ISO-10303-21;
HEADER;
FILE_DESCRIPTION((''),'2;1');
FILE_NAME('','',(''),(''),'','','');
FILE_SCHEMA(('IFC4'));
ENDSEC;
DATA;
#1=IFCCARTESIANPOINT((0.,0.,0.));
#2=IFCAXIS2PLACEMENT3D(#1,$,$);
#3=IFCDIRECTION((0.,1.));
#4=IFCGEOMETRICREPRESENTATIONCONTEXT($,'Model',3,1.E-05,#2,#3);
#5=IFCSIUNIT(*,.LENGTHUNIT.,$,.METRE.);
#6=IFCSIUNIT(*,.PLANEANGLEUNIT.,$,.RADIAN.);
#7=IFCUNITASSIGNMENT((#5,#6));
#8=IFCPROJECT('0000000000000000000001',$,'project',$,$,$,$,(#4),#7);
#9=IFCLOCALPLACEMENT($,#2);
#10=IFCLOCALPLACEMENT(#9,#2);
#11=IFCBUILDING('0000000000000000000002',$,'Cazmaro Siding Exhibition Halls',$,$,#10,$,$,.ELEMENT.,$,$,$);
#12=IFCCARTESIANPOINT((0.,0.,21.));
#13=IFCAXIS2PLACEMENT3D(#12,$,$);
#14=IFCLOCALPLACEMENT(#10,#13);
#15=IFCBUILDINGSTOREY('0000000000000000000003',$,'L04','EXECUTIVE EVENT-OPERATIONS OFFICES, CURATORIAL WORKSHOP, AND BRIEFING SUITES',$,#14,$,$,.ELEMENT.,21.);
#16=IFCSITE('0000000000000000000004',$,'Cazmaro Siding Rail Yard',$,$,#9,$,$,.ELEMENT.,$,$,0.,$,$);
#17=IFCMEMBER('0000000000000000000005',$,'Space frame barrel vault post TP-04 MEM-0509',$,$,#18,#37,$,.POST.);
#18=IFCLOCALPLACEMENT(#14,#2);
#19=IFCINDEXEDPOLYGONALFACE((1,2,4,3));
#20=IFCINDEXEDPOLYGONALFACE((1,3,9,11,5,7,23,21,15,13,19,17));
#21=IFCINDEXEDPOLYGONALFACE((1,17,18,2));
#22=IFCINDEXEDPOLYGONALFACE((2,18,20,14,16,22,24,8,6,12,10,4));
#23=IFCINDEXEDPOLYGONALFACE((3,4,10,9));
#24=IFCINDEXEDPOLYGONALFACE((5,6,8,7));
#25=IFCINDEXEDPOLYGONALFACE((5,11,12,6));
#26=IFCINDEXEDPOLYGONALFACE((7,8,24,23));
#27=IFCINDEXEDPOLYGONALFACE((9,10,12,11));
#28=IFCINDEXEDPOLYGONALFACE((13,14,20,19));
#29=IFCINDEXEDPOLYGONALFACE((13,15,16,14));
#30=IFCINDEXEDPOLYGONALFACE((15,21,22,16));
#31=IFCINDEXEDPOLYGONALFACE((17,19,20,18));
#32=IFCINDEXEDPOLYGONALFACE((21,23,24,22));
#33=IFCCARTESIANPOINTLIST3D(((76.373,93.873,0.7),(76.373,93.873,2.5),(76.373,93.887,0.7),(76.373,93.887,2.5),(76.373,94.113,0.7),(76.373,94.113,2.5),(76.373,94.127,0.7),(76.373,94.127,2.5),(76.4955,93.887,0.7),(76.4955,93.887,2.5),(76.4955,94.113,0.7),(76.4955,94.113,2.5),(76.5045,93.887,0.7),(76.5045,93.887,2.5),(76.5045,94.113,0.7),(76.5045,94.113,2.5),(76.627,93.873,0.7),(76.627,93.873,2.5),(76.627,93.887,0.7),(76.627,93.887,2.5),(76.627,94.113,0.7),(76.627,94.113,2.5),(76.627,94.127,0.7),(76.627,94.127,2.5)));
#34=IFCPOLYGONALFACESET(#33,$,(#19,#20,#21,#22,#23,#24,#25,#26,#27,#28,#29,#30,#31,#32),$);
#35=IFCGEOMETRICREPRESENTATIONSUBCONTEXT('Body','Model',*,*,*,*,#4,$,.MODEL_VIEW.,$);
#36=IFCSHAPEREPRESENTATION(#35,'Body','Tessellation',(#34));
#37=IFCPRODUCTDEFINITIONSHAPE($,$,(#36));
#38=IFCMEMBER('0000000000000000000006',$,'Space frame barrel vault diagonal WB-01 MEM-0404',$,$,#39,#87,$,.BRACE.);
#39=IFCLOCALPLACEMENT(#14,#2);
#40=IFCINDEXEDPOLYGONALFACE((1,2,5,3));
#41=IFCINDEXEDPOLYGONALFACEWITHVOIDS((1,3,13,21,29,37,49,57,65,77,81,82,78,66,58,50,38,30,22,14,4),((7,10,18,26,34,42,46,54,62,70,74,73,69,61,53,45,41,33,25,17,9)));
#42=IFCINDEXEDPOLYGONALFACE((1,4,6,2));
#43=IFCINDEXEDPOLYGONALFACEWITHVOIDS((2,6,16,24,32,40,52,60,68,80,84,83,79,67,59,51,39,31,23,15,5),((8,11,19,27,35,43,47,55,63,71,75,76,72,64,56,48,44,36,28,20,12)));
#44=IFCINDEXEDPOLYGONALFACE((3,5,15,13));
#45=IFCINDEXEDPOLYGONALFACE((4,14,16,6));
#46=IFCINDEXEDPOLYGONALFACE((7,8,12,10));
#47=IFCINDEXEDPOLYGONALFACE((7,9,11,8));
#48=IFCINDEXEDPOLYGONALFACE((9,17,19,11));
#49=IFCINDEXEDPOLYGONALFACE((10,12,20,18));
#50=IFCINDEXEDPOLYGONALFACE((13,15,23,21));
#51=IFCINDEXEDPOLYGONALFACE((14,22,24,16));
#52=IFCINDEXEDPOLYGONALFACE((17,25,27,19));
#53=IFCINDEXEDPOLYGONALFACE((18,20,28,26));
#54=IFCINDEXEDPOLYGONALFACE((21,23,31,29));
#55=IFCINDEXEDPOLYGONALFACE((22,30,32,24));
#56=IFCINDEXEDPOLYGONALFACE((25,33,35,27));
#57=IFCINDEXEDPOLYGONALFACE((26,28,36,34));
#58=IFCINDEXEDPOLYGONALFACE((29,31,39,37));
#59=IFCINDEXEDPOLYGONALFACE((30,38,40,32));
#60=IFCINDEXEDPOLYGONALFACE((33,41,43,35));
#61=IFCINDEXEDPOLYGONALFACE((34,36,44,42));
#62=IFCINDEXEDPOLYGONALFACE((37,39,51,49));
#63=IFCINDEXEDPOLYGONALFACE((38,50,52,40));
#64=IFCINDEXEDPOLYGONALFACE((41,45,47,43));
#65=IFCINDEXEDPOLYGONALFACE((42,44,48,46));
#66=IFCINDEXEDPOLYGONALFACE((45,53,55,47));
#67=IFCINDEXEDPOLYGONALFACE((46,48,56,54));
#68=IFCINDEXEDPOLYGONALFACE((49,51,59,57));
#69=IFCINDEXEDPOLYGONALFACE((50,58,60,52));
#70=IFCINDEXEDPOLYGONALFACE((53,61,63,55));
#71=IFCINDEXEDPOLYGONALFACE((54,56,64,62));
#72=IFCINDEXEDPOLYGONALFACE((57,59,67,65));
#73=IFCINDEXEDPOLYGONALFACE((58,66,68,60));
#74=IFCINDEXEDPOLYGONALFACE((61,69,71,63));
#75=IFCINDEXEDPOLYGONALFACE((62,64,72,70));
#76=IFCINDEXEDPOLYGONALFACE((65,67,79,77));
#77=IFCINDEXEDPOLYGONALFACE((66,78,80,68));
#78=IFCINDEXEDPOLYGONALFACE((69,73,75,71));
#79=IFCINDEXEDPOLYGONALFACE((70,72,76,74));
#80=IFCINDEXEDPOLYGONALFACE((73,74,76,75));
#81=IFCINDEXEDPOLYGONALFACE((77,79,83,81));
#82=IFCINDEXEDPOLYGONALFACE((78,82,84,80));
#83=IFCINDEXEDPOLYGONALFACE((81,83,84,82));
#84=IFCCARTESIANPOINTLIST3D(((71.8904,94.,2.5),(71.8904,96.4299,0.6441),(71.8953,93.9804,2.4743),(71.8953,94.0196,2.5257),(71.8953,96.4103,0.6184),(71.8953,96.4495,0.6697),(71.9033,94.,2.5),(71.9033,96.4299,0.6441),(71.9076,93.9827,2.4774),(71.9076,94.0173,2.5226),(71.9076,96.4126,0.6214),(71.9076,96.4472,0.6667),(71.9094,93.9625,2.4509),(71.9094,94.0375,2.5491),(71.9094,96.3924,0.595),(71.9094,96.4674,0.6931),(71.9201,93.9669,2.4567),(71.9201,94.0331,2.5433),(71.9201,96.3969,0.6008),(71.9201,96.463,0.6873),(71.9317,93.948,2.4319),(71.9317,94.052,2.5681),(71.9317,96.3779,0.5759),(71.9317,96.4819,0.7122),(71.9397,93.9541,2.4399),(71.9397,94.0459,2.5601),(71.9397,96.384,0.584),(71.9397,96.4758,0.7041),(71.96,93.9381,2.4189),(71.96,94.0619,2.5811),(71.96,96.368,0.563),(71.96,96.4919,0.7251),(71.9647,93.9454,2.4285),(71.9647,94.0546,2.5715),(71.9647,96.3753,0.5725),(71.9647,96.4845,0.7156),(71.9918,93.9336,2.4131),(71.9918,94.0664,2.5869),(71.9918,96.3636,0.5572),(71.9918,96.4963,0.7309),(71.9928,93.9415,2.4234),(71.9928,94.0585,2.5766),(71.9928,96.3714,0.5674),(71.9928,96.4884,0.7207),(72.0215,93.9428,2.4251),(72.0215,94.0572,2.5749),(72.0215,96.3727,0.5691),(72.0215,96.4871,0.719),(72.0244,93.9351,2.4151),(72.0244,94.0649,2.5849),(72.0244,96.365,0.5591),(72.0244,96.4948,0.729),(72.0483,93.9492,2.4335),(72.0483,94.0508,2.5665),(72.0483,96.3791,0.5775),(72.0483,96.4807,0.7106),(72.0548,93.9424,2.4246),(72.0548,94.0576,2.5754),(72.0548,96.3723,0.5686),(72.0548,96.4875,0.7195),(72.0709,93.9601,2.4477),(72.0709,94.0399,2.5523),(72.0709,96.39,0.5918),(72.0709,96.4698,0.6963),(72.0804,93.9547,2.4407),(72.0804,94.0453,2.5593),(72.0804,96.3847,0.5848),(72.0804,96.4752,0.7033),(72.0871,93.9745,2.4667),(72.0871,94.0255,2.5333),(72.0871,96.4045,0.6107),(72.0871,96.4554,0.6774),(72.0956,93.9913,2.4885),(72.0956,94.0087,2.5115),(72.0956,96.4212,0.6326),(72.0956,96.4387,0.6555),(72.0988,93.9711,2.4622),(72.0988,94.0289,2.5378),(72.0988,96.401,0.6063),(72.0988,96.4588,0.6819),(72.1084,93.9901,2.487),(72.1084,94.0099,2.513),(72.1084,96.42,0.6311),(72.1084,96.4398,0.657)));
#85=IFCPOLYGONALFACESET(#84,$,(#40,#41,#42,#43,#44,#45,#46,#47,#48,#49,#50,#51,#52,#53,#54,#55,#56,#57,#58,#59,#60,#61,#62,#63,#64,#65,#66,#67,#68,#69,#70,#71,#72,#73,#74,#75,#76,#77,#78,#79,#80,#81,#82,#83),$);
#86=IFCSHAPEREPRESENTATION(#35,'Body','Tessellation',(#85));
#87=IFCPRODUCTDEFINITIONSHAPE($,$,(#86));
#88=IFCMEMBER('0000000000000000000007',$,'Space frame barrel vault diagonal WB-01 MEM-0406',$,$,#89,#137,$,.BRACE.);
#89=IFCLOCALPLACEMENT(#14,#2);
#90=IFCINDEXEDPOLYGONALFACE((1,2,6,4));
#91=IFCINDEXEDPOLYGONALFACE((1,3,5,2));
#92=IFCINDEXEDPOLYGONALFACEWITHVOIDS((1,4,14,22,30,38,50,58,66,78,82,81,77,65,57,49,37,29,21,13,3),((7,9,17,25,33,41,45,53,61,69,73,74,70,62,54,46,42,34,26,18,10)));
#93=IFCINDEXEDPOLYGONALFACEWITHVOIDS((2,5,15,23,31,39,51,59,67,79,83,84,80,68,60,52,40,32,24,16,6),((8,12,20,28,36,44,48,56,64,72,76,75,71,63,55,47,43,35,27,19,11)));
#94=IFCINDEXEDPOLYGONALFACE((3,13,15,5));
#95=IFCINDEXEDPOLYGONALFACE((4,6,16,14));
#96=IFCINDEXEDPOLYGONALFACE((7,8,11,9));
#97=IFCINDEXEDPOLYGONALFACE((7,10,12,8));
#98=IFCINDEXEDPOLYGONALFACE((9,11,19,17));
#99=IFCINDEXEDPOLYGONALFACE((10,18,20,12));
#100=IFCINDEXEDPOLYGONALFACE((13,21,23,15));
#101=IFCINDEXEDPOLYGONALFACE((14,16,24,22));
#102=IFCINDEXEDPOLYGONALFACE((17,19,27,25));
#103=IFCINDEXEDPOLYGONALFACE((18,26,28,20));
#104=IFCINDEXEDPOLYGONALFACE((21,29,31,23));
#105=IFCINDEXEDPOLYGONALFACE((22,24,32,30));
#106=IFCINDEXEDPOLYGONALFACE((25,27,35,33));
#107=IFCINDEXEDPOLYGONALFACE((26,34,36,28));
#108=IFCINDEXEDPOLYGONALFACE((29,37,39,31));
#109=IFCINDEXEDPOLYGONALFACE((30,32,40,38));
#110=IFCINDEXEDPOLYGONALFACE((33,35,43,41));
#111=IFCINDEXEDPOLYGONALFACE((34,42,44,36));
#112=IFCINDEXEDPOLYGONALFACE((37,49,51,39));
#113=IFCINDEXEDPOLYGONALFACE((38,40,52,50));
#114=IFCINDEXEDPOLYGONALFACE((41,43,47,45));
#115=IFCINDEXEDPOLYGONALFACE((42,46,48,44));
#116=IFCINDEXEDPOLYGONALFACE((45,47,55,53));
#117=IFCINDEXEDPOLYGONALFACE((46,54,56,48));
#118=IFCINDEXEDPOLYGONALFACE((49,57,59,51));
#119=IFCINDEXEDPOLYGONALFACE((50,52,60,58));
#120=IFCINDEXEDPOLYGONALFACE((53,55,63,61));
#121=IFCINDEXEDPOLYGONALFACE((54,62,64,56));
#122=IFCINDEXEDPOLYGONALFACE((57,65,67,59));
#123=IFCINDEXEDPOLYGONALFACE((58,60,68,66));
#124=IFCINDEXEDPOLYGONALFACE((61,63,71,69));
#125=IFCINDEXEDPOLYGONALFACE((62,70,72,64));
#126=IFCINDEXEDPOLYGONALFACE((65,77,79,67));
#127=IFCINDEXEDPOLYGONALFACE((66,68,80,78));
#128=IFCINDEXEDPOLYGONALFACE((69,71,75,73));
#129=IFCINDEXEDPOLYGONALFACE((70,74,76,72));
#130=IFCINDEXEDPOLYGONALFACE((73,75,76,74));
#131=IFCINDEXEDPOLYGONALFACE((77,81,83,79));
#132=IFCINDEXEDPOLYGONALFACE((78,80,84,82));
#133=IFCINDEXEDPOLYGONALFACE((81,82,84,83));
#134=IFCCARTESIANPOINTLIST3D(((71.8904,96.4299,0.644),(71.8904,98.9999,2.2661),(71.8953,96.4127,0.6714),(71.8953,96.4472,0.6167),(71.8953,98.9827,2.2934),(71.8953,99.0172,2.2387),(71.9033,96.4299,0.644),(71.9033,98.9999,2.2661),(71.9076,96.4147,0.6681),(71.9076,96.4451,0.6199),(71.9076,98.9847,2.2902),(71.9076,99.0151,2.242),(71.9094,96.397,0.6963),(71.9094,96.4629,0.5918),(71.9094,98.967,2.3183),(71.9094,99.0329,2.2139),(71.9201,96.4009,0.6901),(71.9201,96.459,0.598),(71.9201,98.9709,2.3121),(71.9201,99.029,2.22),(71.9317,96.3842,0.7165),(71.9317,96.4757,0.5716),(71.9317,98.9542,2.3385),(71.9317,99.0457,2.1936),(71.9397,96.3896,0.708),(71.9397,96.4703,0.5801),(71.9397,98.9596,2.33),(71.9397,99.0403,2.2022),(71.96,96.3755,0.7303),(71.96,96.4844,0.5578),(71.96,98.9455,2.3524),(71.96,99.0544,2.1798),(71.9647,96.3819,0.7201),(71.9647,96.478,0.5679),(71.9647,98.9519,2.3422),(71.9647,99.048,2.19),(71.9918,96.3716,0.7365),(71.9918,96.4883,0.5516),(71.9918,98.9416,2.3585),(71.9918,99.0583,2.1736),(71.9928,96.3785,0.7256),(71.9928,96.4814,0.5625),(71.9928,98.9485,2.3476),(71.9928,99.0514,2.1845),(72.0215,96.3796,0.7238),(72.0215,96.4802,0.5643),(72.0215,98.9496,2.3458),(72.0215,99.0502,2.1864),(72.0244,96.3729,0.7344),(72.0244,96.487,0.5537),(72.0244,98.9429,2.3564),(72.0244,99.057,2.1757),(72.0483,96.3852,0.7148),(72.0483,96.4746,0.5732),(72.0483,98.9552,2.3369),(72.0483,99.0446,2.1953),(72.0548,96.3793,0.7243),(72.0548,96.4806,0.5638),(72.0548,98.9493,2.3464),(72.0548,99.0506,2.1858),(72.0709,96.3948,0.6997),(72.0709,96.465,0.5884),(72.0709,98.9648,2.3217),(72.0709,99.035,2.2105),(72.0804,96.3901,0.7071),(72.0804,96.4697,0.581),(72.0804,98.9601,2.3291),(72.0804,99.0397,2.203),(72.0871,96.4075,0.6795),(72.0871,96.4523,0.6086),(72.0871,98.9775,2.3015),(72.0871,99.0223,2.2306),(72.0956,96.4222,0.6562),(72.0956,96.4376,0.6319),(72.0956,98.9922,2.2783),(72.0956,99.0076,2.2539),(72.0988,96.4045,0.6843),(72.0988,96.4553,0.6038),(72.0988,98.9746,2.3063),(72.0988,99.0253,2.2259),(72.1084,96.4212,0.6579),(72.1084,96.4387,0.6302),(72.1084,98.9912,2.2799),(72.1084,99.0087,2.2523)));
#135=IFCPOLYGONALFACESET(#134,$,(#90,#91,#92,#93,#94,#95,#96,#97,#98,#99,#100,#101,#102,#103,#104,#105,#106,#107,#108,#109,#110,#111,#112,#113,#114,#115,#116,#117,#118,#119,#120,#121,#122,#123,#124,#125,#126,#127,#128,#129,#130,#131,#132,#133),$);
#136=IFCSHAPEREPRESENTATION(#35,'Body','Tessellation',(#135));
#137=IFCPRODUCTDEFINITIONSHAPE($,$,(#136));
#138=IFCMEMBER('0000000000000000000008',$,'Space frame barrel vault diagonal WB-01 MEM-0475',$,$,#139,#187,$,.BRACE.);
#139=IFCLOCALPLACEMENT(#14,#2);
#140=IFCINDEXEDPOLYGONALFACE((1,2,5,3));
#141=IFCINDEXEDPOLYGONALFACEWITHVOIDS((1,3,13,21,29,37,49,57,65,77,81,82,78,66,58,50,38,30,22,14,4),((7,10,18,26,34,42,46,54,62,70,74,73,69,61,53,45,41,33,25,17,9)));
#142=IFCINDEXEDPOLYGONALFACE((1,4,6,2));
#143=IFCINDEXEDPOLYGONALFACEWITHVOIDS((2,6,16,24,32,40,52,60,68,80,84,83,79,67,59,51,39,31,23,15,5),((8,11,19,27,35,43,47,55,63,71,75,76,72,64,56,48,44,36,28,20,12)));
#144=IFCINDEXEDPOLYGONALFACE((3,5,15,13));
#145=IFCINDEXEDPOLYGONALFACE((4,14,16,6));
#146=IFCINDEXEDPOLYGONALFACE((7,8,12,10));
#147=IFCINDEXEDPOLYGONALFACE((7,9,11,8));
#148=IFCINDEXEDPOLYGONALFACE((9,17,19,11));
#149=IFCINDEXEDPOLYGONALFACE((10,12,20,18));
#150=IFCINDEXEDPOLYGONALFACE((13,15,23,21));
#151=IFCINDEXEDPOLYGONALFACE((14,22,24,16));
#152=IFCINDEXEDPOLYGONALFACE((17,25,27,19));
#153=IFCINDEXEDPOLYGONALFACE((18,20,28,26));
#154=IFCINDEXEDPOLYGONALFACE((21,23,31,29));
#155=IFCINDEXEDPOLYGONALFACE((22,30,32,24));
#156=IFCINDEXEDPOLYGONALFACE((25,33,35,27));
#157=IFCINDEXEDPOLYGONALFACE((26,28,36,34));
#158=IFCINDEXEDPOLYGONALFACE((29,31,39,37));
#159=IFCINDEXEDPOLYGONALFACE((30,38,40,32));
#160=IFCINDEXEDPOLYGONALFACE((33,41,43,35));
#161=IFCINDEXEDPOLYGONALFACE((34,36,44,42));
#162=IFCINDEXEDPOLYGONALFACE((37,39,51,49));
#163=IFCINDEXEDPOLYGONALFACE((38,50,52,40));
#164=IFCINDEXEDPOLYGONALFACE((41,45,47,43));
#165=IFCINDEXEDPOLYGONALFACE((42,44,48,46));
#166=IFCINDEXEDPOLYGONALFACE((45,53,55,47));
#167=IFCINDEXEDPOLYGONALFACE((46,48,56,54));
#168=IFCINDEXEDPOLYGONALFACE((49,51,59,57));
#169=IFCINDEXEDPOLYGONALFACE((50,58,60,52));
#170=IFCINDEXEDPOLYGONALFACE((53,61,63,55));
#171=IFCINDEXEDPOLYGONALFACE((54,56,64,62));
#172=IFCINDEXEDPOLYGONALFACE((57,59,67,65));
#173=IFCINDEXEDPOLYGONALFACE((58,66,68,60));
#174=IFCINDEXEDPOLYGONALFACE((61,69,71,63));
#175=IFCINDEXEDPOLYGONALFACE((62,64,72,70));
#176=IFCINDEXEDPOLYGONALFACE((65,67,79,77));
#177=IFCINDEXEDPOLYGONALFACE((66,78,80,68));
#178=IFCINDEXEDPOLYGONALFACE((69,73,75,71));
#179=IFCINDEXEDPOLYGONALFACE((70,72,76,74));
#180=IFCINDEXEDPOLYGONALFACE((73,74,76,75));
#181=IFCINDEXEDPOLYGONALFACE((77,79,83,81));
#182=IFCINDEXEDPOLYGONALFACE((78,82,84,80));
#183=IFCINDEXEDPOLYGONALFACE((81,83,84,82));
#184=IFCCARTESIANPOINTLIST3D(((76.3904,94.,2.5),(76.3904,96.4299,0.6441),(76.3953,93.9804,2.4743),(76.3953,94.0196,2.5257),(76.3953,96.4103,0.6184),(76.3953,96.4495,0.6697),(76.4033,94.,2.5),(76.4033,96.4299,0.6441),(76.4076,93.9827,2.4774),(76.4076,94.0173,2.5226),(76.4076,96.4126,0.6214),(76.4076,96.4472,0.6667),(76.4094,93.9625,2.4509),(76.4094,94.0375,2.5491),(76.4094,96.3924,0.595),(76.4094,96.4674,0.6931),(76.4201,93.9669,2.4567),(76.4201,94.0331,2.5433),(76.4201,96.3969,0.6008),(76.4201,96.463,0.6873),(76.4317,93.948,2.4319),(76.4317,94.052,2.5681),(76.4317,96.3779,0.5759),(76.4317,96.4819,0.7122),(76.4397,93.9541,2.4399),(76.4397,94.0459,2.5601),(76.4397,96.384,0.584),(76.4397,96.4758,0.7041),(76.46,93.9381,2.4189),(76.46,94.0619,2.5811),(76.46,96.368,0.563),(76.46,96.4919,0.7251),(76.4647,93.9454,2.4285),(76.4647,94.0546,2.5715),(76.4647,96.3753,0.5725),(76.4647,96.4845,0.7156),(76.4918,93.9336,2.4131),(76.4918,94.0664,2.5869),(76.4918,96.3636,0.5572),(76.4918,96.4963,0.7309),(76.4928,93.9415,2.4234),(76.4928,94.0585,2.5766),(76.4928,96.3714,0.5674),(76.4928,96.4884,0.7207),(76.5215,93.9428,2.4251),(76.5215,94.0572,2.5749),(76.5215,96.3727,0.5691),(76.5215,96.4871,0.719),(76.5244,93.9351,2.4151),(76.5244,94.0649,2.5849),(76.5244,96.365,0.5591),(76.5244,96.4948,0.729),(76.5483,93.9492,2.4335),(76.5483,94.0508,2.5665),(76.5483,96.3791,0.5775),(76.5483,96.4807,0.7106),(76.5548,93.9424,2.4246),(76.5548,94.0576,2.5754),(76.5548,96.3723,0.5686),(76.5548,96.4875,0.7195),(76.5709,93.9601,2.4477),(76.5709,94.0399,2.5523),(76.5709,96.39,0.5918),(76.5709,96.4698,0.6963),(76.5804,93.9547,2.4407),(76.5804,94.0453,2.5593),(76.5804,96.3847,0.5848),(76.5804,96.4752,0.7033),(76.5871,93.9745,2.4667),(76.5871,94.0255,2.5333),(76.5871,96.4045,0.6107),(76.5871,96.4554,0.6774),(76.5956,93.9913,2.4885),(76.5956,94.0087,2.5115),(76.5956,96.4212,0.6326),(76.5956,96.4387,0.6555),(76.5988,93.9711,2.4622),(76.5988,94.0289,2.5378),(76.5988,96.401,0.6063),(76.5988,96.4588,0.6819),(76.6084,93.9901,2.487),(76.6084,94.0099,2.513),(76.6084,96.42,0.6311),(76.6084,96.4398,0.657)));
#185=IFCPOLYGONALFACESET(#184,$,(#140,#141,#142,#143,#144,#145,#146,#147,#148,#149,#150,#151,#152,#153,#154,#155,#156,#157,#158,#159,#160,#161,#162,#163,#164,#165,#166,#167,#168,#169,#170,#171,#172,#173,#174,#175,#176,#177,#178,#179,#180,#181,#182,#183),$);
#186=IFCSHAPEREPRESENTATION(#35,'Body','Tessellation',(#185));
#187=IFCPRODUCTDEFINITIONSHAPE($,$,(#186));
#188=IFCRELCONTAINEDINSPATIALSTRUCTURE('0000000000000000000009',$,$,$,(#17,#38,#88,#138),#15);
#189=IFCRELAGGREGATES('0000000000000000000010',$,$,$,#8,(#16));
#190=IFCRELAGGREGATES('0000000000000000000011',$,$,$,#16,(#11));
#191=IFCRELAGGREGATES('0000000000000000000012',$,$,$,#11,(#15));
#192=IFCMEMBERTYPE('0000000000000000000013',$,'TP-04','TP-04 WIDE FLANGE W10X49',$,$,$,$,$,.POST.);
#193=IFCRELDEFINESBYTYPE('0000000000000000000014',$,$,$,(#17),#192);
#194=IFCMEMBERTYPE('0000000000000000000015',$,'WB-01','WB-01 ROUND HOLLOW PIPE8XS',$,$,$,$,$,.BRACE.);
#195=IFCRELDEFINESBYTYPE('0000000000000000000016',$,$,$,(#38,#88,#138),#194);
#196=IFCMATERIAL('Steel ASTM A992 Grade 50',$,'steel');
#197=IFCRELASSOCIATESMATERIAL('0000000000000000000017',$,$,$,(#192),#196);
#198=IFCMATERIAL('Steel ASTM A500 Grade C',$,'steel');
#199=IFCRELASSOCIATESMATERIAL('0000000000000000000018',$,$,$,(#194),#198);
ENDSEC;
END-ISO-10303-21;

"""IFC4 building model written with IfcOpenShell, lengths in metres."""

from ifc_helpers import new_model, si_unit, direction, frame, origin, origin_2d, place, context, subcontext, project, spatial, hollow_circle, i_section, extrude, material, material_profile, profile_set, type_object, element, save


model = new_model("IFC4")

# Units and contexts
model_context = context("Model", 3, precision=1e-05, world=origin(), true_north=direction((0.0, 1.0)))
body_context = subcontext(model_context, "Body", "Model", "MODEL_VIEW")
ifc_project = project(units=[si_unit("LENGTHUNIT", "METRE"), si_unit("PLANEANGLEUNIT", "RADIAN")], contexts=[model_context])

# Site, building, storey
site_placement = place(None, origin())
site = spatial("IfcSite", under=ifc_project, at=site_placement, Name="Cazmaro Siding Rail Yard", CompositionType="ELEMENT", RefElevation=0.0)
building_placement = place(site_placement, origin())
building = spatial("IfcBuilding", under=site, at=building_placement, Name="Cazmaro Siding Exhibition Halls", CompositionType="ELEMENT")
storey_placement = place(building_placement, frame((0.0, 0.0, 21.0)))
storey = spatial("IfcBuildingStorey", under=building, at=storey_placement, Name="L04", Description="EXECUTIVE EVENT-OPERATIONS OFFICES, CURATORIAL WORKSHOP, AND BRIEFING SUITES", CompositionType="ELEMENT", Elevation=21.0)

# Members
ifc_material_1 = material(Name="Steel ASTM A992 Grade 50", Category="steel")
ifc_material_profile_1 = material_profile(ifc_material_1, i_section(OverallWidth=0.2539, OverallDepth=0.2539, WebThickness=0.009, FlangeThickness=0.0139, at=origin_2d()), Name="W10X49")
ifc_profile_set_1 = profile_set([ifc_material_profile_1], Name="Steel ASTM A992 Grade 50")
member_type_1 = type_object("IfcMemberType", Name="TP-04", Description="TP-04 WIDE FLANGE W10X49", PredefinedType="POST", material=ifc_profile_set_1)
member_1_placement = place(storey_placement, frame((76.5, 94.0, 0.7), z_axis=(0.0, 0.0, 1.0), x_axis=(1.0, 0.0, 0.0)))
element("IfcMember", 1, at=member_1_placement, inside=storey, type_object=member_type_1, Name="Space frame barrel vault post TP-04 MEM-0509", PredefinedType="POST", context=body_context, shape_type="SweptSolid", body=[
    extrude(i_section(OverallWidth=0.2539, OverallDepth=0.2539, WebThickness=0.009, FlangeThickness=0.0139, at=origin_2d()), origin(), (0.0, 0.0, 1.0), 1.8),
])
ifc_material_2 = material(Name="Steel ASTM A500 Grade C", Category="steel")
ifc_material_profile_2 = material_profile(ifc_material_2, hollow_circle(Radius=0.1096, WallThickness=0.0129, at=origin_2d()), Name="PIPE8XS")
ifc_profile_set_2 = profile_set([ifc_material_profile_2], Name="Steel ASTM A500 Grade C")
member_type_2 = type_object("IfcMemberType", Name="WB-01", Description="WB-01 ROUND HOLLOW PIPE8XS", PredefinedType="BRACE", material=ifc_profile_set_2)
member_2_placement = place(storey_placement, frame((72.0, 94.0, 2.5), z_axis=(0.0, 0.794709, -0.606991), x_axis=(-1.0, 0.0, 0.0)))
element("IfcMember", 2, at=member_2_placement, inside=storey, type_object=member_type_2, Name="Space frame barrel vault diagonal WB-01 MEM-0404", PredefinedType="BRACE", context=body_context, shape_type="SweptSolid", body=[
    extrude(hollow_circle(Radius=0.1096, WallThickness=0.0129, at=origin_2d()), origin(), (0.0, 0.0, 1.0), 3.0576),
])
member_3_placement = place(storey_placement, frame((72.0, 96.4299, 0.644), z_axis=(0.0, 0.845657, 0.533727), x_axis=(-1.0, 0.0, 0.0)))
element("IfcMember", 3, at=member_3_placement, inside=storey, type_object=member_type_2, Name="Space frame barrel vault diagonal WB-01 MEM-0406", PredefinedType="BRACE", context=body_context, shape_type="SweptSolid", body=[
    extrude(hollow_circle(Radius=0.1096, WallThickness=0.0129, at=origin_2d()), origin(), (0.0, 0.0, 1.0), 3.0391),
])
member_4_placement = place(storey_placement, frame((76.5, 94.0, 2.5), z_axis=(0.0, 0.794709, -0.606991), x_axis=(-1.0, 0.0, 0.0)))
element("IfcMember", 4, at=member_4_placement, inside=storey, type_object=member_type_2, Name="Space frame barrel vault diagonal WB-01 MEM-0475", PredefinedType="BRACE", context=body_context, shape_type="SweptSolid", body=[
    extrude(hollow_circle(Radius=0.1096, WallThickness=0.0129, at=origin_2d()), origin(), (0.0, 0.0, 1.0), 3.0576),
])

save(model, "model.ifc")
